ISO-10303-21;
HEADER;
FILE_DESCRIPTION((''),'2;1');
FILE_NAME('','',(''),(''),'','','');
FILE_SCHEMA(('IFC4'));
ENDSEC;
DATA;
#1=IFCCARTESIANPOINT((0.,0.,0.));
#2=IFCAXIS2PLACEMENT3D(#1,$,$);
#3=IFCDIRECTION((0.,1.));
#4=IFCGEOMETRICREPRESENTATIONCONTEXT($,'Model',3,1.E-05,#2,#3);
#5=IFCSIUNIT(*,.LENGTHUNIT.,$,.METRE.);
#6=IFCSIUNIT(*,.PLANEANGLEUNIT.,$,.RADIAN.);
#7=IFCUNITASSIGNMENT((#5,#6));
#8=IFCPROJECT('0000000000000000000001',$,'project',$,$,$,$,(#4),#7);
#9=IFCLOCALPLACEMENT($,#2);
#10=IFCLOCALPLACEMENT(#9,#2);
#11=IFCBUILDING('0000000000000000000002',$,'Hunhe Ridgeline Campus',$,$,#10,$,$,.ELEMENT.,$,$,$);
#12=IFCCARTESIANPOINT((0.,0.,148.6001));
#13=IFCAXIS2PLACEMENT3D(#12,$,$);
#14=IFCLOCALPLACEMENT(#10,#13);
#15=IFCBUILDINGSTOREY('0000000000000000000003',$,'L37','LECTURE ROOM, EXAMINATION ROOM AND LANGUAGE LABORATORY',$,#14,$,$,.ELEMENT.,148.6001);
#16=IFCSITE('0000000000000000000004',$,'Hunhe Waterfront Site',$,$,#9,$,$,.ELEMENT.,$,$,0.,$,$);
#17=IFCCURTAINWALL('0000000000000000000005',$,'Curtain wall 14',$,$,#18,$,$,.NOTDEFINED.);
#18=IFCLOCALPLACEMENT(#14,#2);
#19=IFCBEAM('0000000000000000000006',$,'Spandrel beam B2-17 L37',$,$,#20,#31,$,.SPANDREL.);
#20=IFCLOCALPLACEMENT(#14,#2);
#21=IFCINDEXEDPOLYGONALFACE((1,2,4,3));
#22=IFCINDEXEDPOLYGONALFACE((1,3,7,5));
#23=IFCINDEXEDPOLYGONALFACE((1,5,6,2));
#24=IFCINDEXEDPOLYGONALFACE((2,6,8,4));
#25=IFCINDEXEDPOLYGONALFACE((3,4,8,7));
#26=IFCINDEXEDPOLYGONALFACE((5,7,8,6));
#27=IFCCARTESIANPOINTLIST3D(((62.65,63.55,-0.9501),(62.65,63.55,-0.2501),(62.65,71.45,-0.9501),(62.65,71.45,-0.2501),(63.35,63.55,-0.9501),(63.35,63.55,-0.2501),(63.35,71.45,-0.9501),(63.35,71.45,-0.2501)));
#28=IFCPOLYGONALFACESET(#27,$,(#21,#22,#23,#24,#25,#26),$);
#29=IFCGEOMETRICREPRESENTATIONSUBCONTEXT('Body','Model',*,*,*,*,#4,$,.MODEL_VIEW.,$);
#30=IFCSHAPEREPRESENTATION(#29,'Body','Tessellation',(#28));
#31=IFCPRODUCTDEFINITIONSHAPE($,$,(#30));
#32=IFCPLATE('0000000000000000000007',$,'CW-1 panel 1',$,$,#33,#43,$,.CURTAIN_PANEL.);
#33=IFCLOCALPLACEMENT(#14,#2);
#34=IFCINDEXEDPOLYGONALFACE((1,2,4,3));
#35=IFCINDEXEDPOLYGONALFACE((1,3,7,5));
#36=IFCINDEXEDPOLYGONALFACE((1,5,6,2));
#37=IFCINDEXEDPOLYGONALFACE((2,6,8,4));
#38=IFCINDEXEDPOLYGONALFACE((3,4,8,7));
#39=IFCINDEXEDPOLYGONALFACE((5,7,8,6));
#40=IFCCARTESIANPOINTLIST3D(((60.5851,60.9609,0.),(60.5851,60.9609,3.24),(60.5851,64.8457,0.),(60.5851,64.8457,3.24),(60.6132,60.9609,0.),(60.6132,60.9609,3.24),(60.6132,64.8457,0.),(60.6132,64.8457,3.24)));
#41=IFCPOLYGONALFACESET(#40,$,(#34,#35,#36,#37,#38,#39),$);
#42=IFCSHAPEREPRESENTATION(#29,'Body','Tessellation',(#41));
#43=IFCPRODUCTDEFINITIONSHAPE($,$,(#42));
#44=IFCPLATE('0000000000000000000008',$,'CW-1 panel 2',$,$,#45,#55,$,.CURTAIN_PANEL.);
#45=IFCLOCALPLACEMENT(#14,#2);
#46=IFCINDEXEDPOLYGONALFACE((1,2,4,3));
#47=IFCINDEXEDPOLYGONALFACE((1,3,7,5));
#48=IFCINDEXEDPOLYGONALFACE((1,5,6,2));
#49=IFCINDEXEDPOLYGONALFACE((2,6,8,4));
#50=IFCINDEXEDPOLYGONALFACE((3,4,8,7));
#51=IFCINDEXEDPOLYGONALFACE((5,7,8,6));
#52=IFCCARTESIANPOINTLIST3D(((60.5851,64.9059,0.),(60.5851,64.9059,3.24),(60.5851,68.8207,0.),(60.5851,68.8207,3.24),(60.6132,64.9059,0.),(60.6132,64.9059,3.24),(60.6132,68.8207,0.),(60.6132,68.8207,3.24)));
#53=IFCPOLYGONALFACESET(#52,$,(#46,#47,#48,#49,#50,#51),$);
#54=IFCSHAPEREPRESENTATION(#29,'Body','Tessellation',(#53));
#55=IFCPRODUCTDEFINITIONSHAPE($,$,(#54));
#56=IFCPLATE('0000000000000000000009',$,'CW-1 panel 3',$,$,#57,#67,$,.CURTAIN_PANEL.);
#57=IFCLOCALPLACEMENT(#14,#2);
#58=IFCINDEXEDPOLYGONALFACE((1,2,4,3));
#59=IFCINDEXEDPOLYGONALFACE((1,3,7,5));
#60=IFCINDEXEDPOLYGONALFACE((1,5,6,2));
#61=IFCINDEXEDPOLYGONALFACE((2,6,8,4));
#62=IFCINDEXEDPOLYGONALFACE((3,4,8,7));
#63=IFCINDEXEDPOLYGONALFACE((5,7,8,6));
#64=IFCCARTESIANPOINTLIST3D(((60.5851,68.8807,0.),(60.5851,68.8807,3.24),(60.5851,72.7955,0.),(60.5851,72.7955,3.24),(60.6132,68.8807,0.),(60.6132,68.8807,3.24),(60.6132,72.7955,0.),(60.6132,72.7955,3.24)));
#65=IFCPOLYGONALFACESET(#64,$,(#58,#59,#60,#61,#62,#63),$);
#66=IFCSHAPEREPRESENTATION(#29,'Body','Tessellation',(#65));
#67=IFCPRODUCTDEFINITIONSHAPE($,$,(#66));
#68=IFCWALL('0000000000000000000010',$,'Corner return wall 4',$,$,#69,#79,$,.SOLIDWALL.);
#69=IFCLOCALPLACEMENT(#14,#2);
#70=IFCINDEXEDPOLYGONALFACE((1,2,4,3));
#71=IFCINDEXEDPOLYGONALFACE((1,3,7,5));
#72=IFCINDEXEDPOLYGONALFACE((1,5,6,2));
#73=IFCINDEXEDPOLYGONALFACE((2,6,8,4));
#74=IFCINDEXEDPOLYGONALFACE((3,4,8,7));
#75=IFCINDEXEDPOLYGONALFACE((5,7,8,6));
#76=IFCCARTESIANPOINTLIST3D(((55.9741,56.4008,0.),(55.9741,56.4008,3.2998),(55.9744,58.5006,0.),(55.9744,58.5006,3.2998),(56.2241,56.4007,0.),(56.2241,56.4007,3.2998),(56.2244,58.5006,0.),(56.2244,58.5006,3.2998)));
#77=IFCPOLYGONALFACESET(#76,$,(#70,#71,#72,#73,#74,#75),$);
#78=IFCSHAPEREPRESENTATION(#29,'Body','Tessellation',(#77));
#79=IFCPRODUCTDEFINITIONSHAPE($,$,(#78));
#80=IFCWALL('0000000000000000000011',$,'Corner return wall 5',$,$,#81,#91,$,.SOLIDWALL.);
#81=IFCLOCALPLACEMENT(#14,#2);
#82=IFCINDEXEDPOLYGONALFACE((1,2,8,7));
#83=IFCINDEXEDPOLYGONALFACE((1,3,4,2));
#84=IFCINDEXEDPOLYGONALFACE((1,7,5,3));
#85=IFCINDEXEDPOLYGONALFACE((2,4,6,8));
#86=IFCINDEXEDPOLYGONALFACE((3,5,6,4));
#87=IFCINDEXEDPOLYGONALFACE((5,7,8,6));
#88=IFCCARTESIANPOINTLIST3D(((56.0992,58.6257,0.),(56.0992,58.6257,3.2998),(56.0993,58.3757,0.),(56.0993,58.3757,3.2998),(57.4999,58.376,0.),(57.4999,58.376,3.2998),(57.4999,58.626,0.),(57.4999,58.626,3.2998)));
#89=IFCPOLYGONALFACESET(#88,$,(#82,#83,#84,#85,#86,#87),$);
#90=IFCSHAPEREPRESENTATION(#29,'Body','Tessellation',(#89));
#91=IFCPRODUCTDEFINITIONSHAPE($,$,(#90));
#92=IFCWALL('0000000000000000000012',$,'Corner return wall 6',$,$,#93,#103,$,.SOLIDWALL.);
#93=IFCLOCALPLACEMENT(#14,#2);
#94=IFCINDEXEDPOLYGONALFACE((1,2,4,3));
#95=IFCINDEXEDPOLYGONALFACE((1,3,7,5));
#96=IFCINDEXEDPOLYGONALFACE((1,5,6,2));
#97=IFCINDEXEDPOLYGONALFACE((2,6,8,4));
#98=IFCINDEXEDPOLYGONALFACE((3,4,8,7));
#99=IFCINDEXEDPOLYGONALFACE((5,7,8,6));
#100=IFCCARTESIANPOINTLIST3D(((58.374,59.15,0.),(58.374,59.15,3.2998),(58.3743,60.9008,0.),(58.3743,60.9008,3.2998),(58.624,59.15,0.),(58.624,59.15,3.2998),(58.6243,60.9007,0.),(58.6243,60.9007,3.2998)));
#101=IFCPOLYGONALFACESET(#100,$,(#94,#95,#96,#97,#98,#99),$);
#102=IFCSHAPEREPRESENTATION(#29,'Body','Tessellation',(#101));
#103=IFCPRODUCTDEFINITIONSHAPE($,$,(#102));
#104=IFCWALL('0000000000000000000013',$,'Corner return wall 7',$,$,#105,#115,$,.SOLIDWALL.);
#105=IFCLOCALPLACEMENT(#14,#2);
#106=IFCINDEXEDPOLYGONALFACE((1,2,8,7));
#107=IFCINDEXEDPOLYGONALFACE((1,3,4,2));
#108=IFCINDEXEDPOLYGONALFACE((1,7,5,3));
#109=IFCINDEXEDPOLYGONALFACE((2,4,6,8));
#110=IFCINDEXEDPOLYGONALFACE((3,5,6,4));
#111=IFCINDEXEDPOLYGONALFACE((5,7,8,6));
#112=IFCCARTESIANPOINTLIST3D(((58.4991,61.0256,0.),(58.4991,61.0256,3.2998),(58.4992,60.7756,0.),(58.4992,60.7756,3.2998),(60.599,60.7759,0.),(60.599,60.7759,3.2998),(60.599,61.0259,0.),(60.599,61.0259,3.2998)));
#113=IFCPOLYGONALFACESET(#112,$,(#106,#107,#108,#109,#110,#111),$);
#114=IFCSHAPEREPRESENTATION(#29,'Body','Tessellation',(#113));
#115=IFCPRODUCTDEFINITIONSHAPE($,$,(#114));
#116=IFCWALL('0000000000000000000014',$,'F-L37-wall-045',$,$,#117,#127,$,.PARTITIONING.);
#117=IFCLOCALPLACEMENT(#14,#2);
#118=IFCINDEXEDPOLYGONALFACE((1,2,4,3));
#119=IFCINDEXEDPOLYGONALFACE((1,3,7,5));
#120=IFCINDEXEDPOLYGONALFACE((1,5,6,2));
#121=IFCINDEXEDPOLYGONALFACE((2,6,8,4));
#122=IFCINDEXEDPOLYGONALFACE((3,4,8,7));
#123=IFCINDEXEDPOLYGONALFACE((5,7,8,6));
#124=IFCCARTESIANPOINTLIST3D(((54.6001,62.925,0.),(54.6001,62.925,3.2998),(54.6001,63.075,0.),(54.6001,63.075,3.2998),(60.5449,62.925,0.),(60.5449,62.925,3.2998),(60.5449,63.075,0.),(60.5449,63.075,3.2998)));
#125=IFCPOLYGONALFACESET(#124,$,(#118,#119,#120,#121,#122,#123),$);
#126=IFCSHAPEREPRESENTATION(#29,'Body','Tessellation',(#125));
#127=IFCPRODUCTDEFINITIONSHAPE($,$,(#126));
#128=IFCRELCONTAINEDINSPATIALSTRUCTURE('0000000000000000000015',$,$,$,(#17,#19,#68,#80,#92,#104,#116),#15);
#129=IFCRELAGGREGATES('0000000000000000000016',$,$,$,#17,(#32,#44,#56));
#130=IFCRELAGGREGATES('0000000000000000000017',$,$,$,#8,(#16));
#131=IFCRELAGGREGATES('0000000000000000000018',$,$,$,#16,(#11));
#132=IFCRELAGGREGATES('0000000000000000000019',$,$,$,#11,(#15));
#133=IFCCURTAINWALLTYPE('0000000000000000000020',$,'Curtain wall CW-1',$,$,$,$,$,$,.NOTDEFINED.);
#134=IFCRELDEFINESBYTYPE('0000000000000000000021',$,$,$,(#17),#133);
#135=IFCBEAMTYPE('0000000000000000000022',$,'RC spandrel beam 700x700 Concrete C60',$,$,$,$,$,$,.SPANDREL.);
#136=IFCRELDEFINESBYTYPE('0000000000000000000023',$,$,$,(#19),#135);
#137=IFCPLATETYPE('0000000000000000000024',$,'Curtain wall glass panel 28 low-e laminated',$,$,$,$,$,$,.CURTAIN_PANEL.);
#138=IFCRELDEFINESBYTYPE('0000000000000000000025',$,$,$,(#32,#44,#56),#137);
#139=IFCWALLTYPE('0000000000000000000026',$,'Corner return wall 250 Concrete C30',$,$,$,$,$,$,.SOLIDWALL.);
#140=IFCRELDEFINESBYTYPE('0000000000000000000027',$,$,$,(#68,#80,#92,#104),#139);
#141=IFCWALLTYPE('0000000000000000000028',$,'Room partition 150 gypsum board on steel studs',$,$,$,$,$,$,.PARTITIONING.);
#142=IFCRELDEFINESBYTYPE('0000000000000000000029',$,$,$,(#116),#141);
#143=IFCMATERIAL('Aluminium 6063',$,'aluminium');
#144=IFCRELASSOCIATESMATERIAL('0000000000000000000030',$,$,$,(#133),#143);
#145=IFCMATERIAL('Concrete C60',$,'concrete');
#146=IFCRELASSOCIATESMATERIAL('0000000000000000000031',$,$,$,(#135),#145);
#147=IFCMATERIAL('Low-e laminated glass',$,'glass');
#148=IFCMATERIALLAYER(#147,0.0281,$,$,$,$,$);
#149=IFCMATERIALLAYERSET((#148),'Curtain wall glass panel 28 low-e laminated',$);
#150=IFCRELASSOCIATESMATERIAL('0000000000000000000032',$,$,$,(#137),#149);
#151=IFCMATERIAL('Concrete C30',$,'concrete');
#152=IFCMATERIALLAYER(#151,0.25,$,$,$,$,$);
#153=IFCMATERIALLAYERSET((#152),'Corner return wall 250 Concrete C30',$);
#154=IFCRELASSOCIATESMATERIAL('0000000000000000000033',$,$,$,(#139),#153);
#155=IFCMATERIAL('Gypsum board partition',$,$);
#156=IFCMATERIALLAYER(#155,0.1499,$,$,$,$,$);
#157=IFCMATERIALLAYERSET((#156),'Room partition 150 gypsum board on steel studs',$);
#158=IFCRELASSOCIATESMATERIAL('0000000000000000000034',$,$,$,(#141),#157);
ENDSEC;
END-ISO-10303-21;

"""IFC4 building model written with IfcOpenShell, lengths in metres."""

from ifc_helpers import new_model, si_unit, direction, frame, frame_2d, origin, origin_2d, place, context, subcontext, project, spatial, rectangle, extrude, material, layer, layer_set, material_profile, profile_set, type_object, element, aggregate, save


model = new_model("IFC4")

# Units and contexts
model_context = context("Model", 3, precision=1e-05, world=origin(), true_north=direction((0.0, 1.0)))
body_context = subcontext(model_context, "Body", "Model", "MODEL_VIEW")
ifc_project = project(units=[si_unit("LENGTHUNIT", "METRE"), si_unit("PLANEANGLEUNIT", "RADIAN")], contexts=[model_context])

# Site, building, storey
site_placement = place(None, origin())
site = spatial("IfcSite", under=ifc_project, at=site_placement, Name="Hunhe Waterfront Site", CompositionType="ELEMENT", RefElevation=0.0)
building_placement = place(site_placement, origin())
building = spatial("IfcBuilding", under=site, at=building_placement, Name="Hunhe Ridgeline Campus", CompositionType="ELEMENT")
storey_placement = place(building_placement, frame((0.0, 0.0, 148.6001)))
storey = spatial("IfcBuildingStorey", under=building, at=storey_placement, Name="L37", Description="LECTURE ROOM, EXAMINATION ROOM AND LANGUAGE LABORATORY", CompositionType="ELEMENT", Elevation=148.6001)

# Shared definitions
ifc_material_1 = material(Name="Aluminium 6063", Category="aluminium")
curtain_wall_type = type_object("IfcCurtainWallType", Name="Curtain wall CW-1", PredefinedType="NOTDEFINED", material=ifc_material_1)

# Curtain wall
curtain_wall_1_placement = place(storey_placement, origin())
curtain_wall_1 = element("IfcCurtainWall", 1, at=curtain_wall_1_placement, inside=storey, type_object=curtain_wall_type, Name="Curtain wall 14", PredefinedType="NOTDEFINED")

# Beam
ifc_material_2 = material(Name="Concrete C60", Category="concrete")
ifc_material_profile_1 = material_profile(ifc_material_2, rectangle(XDim=0.7, YDim=0.7, at=origin_2d()))
ifc_profile_set_1 = profile_set([ifc_material_profile_1], Name="Concrete C60")
beam_type = type_object("IfcBeamType", Name="RC spandrel beam 700x700 Concrete C60", PredefinedType="SPANDREL", material=ifc_profile_set_1)
beam_1_placement = place(storey_placement, frame((63.0, 63.55, -0.6001), z_axis=(0.0, 1.0, 0.0), x_axis=(-1.0, 0.0, 0.0)))
element("IfcBeam", 2, at=beam_1_placement, inside=storey, type_object=beam_type, Name="Spandrel beam B2-17 L37", PredefinedType="SPANDREL", context=body_context, shape_type="SweptSolid", body=[
    extrude(rectangle(XDim=0.7, YDim=0.7, at=origin_2d()), origin(), (0.0, 0.0, 1.0), 7.8999),
])

# Plates
ifc_material_3 = material(Name="Low-e laminated glass", Category="glass")
ifc_layer_1 = layer(ifc_material_3, 0.0281)
ifc_layer_set_1 = layer_set([ifc_layer_1], Name="Curtain wall glass panel 28 low-e laminated")
plate_type = type_object("IfcPlateType", Name="Curtain wall glass panel 28 low-e laminated", PredefinedType="CURTAIN_PANEL", material=ifc_layer_set_1)
plate_1_placement = place(storey_placement, frame((60.5991, 62.9033, 0.0), z_axis=(0.0, 0.0, 1.0), x_axis=(0.0, 1.0, 0.0)))
plate_1 = element("IfcPlate", 3, at=plate_1_placement, type_object=plate_type, Name="CW-1 panel 1", PredefinedType="CURTAIN_PANEL", context=body_context, shape_type="SweptSolid", body=[
    extrude(rectangle(XDim=3.8848, YDim=0.0281, at=origin_2d()), origin(), (0.0, 0.0, 1.0), 3.24),
])
plate_2_placement = place(storey_placement, frame((60.5991, 66.8633, 0.0), z_axis=(0.0, 0.0, 1.0), x_axis=(0.0, 1.0, 0.0)))
plate_2 = element("IfcPlate", 4, at=plate_2_placement, type_object=plate_type, Name="CW-1 panel 2", PredefinedType="CURTAIN_PANEL", context=body_context, shape_type="SweptSolid", body=[
    extrude(rectangle(XDim=3.9148, YDim=0.0281, at=origin_2d()), origin(), (0.0, 0.0, 1.0), 3.24),
])
plate_3_placement = place(storey_placement, frame((60.5991, 70.8381, 0.0), z_axis=(0.0, 0.0, 1.0), x_axis=(0.0, 1.0, 0.0)))
plate_3 = element("IfcPlate", 5, at=plate_3_placement, type_object=plate_type, Name="CW-1 panel 3", PredefinedType="CURTAIN_PANEL", context=body_context, shape_type="SweptSolid", body=[
    extrude(rectangle(XDim=3.9148, YDim=0.0281, at=origin_2d()), origin(), (0.0, 0.0, 1.0), 3.24),
])
aggregate(curtain_wall_1, [plate_1, plate_2, plate_3])

# Walls
ifc_material_4 = material(Name="Concrete C30", Category="concrete")
ifc_layer_2 = layer(ifc_material_4, 0.25)
ifc_layer_set_2 = layer_set([ifc_layer_2], Name="Corner return wall 250 Concrete C30")
wall_type_1 = type_object("IfcWallType", Name="Corner return wall 250 Concrete C30", PredefinedType="SOLIDWALL", material=ifc_layer_set_2)
wall_1_placement = place(storey_placement, frame((56.0991, 56.4009, 0.0), z_axis=(0.0, 0.0, 1.0), x_axis=(0.000116, 1.0, 0.0)))
element("IfcWall", 6, at=wall_1_placement, inside=storey, type_object=wall_type_1, Name="Corner return wall 4", PredefinedType="SOLIDWALL", context=body_context, shape_type="SweptSolid", body=[
    extrude(rectangle(XDim=2.0999, YDim=0.25, at=frame_2d((1.0498, 0.0))), origin(), (0.0, 0.0, 1.0), 3.2998),
])
wall_2_placement = place(storey_placement, frame((56.0994, 58.5007, 0.0), z_axis=(0.0, 0.0, 1.0), x_axis=(1.0, 0.000174, 0.0)))
element("IfcWall", 7, at=wall_2_placement, inside=storey, type_object=wall_type_1, Name="Corner return wall 5", PredefinedType="SOLIDWALL", context=body_context, shape_type="SweptSolid", body=[
    extrude(rectangle(XDim=1.4006, YDim=0.25, at=frame_2d((0.7002, 0.0))), origin(), (0.0, 0.0, 1.0), 3.2998),
])
wall_3_placement = place(storey_placement, frame((58.499, 59.1499, 0.0), z_axis=(0.0, 0.0, 1.0), x_axis=(0.000139, 1.0, 0.0)))
element("IfcWall", 8, at=wall_3_placement, inside=storey, type_object=wall_type_1, Name="Corner return wall 6", PredefinedType="SOLIDWALL", context=body_context, shape_type="SweptSolid", body=[
    extrude(rectangle(XDim=1.7507, YDim=0.25, at=frame_2d((0.8755, 0.0))), origin(), (0.0, 0.0, 1.0), 3.2998),
])
wall_4_placement = place(storey_placement, frame((58.4993, 60.9006, 0.0), z_axis=(0.0, 0.0, 1.0), x_axis=(1.0, 0.000116, 0.0)))
element("IfcWall", 9, at=wall_4_placement, inside=storey, type_object=wall_type_1, Name="Corner return wall 7", PredefinedType="SOLIDWALL", context=body_context, shape_type="SweptSolid", body=[
    extrude(rectangle(XDim=2.0999, YDim=0.25, at=frame_2d((1.0498, 0.0))), origin(), (0.0, 0.0, 1.0), 3.2998),
])
ifc_material_5 = material(Name="Gypsum board partition")
ifc_layer_3 = layer(ifc_material_5, 0.1499)
ifc_layer_set_3 = layer_set([ifc_layer_3], Name="Room partition 150 gypsum board on steel studs")
wall_type_2 = type_object("IfcWallType", Name="Room partition 150 gypsum board on steel studs", PredefinedType="PARTITIONING", material=ifc_layer_set_3)
wall_5_placement = place(storey_placement, frame((54.6001, 63.0, 0.0), z_axis=(0.0, 0.0, 1.0), x_axis=(1.0, 0.0, 0.0)))
element("IfcWall", 10, at=wall_5_placement, inside=storey, type_object=wall_type_2, Name="F-L37-wall-045", PredefinedType="PARTITIONING", context=body_context, shape_type="SweptSolid", body=[
    extrude(rectangle(XDim=5.9448, YDim=0.1499, at=frame_2d((2.9724, 0.0))), origin(), (0.0, 0.0, 1.0), 3.2998),
])

save(model, "model.ifc")
